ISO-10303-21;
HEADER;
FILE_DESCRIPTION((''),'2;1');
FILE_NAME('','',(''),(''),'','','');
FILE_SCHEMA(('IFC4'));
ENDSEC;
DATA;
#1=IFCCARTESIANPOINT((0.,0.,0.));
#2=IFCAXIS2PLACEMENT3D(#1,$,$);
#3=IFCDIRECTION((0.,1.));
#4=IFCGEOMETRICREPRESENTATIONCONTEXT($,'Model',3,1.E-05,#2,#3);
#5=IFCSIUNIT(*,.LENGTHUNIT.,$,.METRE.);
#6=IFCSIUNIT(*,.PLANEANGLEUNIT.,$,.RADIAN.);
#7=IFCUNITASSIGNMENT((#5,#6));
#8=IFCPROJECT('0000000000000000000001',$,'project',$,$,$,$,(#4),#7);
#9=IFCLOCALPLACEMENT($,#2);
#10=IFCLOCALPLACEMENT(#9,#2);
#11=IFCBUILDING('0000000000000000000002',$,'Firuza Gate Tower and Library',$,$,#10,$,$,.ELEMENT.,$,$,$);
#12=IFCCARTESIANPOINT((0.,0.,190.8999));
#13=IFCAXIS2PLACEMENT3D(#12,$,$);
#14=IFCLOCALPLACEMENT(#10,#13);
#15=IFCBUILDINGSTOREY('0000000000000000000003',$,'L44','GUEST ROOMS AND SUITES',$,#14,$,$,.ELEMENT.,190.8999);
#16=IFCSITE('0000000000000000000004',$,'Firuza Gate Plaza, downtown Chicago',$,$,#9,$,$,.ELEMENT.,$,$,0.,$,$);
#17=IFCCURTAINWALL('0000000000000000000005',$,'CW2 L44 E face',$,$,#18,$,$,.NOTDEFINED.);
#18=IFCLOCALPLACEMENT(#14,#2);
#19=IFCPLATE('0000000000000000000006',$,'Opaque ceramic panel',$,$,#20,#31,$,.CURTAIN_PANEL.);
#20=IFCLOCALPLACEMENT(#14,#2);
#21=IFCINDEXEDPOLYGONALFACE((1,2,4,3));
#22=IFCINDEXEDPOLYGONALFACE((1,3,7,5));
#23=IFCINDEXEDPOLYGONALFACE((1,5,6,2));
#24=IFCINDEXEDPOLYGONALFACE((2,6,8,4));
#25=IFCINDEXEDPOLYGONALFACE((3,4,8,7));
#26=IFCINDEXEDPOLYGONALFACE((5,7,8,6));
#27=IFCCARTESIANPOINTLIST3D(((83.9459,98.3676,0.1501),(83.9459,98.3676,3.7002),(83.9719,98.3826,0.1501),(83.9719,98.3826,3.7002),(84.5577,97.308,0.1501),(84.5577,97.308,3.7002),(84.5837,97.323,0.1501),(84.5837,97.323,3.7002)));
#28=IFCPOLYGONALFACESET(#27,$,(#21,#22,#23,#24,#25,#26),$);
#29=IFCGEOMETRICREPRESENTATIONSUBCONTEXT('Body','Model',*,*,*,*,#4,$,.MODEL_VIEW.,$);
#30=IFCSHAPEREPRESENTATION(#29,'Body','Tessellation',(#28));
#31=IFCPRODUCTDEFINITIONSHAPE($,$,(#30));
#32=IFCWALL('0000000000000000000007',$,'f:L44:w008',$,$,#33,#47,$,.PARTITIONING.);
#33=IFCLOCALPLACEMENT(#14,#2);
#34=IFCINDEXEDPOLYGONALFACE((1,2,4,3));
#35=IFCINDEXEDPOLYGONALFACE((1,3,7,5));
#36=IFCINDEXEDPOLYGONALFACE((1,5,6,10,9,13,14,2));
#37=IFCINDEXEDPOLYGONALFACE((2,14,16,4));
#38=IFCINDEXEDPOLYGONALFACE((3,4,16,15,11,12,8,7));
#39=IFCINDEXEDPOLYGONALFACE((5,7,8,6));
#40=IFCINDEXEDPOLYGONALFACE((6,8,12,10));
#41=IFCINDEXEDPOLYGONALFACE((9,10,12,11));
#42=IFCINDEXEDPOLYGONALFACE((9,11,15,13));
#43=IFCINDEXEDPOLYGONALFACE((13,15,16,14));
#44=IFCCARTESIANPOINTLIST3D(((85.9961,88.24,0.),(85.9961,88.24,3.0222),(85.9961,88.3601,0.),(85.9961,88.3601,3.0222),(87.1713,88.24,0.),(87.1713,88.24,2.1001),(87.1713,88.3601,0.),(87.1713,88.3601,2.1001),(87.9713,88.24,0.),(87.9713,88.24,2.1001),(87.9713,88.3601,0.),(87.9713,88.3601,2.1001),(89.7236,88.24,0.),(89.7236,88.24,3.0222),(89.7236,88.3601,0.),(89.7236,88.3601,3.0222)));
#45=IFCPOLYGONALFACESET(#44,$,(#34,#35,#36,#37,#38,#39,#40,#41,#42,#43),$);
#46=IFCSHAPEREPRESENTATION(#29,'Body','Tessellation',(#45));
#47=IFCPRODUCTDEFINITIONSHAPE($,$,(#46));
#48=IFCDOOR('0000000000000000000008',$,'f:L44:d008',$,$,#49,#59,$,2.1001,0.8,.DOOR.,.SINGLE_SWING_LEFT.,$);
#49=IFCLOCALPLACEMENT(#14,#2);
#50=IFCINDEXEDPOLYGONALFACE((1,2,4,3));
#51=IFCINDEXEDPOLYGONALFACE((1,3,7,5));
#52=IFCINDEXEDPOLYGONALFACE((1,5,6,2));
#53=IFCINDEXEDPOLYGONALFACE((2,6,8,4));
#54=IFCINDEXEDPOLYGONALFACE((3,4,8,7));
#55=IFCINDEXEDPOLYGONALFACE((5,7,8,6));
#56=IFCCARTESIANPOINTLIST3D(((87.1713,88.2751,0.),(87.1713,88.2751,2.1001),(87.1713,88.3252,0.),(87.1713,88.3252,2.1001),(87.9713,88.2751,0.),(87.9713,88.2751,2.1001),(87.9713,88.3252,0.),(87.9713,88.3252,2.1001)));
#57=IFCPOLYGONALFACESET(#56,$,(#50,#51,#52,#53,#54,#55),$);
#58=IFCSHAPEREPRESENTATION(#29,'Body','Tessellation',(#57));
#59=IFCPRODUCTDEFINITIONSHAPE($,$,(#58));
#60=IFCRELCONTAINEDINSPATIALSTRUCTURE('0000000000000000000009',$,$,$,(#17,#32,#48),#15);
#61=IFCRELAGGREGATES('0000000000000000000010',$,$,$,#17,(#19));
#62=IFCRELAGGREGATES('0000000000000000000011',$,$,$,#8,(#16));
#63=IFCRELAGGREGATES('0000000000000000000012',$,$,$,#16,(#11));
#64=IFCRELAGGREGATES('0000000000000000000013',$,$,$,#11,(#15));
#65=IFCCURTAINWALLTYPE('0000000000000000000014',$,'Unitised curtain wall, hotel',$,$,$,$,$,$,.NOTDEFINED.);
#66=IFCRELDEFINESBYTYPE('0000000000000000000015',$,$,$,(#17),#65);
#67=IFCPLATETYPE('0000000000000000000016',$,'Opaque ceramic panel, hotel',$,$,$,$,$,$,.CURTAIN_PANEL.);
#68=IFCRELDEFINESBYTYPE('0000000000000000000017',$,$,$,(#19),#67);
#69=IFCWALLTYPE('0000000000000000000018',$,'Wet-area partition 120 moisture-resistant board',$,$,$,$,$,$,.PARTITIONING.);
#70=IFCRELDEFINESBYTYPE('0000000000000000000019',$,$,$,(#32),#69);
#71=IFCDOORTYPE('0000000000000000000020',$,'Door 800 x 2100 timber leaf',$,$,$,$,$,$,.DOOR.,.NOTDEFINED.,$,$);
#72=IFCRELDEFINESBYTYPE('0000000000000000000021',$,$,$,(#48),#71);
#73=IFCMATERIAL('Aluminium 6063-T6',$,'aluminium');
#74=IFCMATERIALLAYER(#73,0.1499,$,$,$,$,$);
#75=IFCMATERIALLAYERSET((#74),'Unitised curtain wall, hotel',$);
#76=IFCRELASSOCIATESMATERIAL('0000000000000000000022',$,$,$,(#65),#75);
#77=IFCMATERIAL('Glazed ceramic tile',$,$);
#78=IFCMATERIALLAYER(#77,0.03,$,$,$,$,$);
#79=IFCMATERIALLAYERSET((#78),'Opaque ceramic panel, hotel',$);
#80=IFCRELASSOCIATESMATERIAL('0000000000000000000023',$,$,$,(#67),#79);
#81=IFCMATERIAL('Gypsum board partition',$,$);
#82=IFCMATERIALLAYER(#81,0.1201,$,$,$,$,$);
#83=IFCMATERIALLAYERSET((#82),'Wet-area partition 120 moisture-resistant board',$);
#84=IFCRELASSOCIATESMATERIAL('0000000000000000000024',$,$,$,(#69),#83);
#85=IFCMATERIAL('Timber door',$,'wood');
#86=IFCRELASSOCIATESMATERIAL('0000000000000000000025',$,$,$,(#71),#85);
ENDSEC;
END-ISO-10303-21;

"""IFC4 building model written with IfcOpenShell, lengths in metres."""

from ifc_helpers import new_model, si_unit, direction, frame, frame_2d, origin, place, context, subcontext, project, spatial, polyline, rectangle, outline, extrude, material, layer, layer_set, type_object, element, fill, aggregate, save


model = new_model("IFC4")

# Units and contexts
model_context = context("Model", 3, precision=1e-05, world=origin(), true_north=direction((0.0, 1.0)))
body_context = subcontext(model_context, "Body", "Model", "MODEL_VIEW")
ifc_project = project(units=[si_unit("LENGTHUNIT", "METRE"), si_unit("PLANEANGLEUNIT", "RADIAN")], contexts=[model_context])

# Site, building, storey
site_placement = place(None, origin())
site = spatial("IfcSite", under=ifc_project, at=site_placement, Name="Firuza Gate Plaza, downtown Chicago", CompositionType="ELEMENT", RefElevation=0.0)
building_placement = place(site_placement, origin())
building = spatial("IfcBuilding", under=site, at=building_placement, Name="Firuza Gate Tower and Library", CompositionType="ELEMENT")
storey_placement = place(building_placement, frame((0.0, 0.0, 190.8999)))
storey = spatial("IfcBuildingStorey", under=building, at=storey_placement, Name="L44", Description="GUEST ROOMS AND SUITES", CompositionType="ELEMENT", Elevation=190.8999)

# Curtain wall
ifc_material_1 = material(Name="Aluminium 6063-T6", Category="aluminium")
ifc_layer_1 = layer(ifc_material_1, 0.1499)
ifc_layer_set_1 = layer_set([ifc_layer_1], Name="Unitised curtain wall, hotel")
curtain_wall_type = type_object("IfcCurtainWallType", Name="Unitised curtain wall, hotel", PredefinedType="NOTDEFINED", material=ifc_layer_set_1)
curtain_wall_placement = place(storey_placement, origin())
curtain_wall = element("IfcCurtainWall", 1, at=curtain_wall_placement, inside=storey, type_object=curtain_wall_type, Name="CW2 L44 E face", PredefinedType="NOTDEFINED")

# Plate
ifc_material_2 = material(Name="Glazed ceramic tile")
ifc_layer_2 = layer(ifc_material_2, 0.03)
ifc_layer_set_2 = layer_set([ifc_layer_2], Name="Opaque ceramic panel, hotel")
plate_type_1 = type_object("IfcPlateType", Name="Opaque ceramic panel, hotel", PredefinedType="CURTAIN_PANEL", material=ifc_layer_set_2)
plate_1_placement = place(storey_placement, frame((84.5837, 97.323, 0.1501), z_axis=(0.865999, 0.500045, 0.0), x_axis=(-0.500045, 0.865999, 0.0)))
plate_1 = element("IfcPlate", 2, at=plate_1_placement, type_object=plate_type_1, Name="Opaque ceramic panel", PredefinedType="CURTAIN_PANEL", context=body_context, shape_type="SweptSolid", body=[
    extrude(outline(polyline([(0.0, 0.0), (1.2235, 0.0), (1.2235, 3.55), (0.0, 3.55), (0.0, 0.0)])), origin(), (0.0, 0.0, -1.0), 0.03),
])
aggregate(curtain_wall, [plate_1])

# Wall, opening, door
ifc_material_3 = material(Name="Gypsum board partition")
ifc_layer_3 = layer(ifc_material_3, 0.1201)
ifc_layer_set_3 = layer_set([ifc_layer_3], Name="Wet-area partition 120 moisture-resistant board")
wall_type = type_object("IfcWallType", Name="Wet-area partition 120 moisture-resistant board", PredefinedType="PARTITIONING", material=ifc_layer_set_3)
wall_placement = place(storey_placement, frame((89.7236, 88.3, 0.0), z_axis=(0.0, 0.0, 1.0), x_axis=(-1.0, 0.0, 0.0)))
wall = element("IfcWall", 3, at=wall_placement, inside=storey, type_object=wall_type, Name="f:L44:w008", PredefinedType="PARTITIONING", context=body_context, shape_type="SweptSolid", body=[
    extrude(rectangle(XDim=3.7275, YDim=0.1201, at=frame_2d((1.8638, 0.0))), origin(), (0.0, 0.0, 1.0), 3.0222),
])
opening_placement = place(wall_placement, frame((1.7524, 0.0, 0.0)))
opening = element("IfcOpeningElement", 4, at=opening_placement, cuts=wall, PredefinedType="OPENING", context=body_context, shape_type="SweptSolid", body=[
    extrude(rectangle(XDim=0.8, YDim=2.1001, at=frame_2d((0.3999, 1.05))), frame((0.0, 0.0701, 0.0), z_axis=(0.0, -1.0, 0.0), x_axis=(1.0, 0.0, 0.0)), (0.0, 0.0, 1.0), 0.1401),
])
ifc_material_4 = material(Name="Timber door", Category="wood")
door_type = type_object("IfcDoorType", Name="Door 800 x 2100 timber leaf", OperationType="NOTDEFINED", PredefinedType="DOOR", material=ifc_material_4)
door_placement = place(opening_placement, origin())
door = element("IfcDoor", 5, at=door_placement, inside=storey, type_object=door_type, Name="f:L44:d008", OperationType="SINGLE_SWING_LEFT", OverallHeight=2.1001, OverallWidth=0.8, PredefinedType="DOOR", context=body_context, shape_type="SweptSolid", body=[
    extrude(rectangle(XDim=0.8, YDim=2.1001, at=frame_2d((0.3999, 1.05))), frame((0.0, 0.0249, 0.0), z_axis=(0.0, -1.0, 0.0), x_axis=(1.0, 0.0, 0.0)), (0.0, 0.0, 1.0), 0.05),
])
fill(opening, door)

save(model, "model.ifc")
